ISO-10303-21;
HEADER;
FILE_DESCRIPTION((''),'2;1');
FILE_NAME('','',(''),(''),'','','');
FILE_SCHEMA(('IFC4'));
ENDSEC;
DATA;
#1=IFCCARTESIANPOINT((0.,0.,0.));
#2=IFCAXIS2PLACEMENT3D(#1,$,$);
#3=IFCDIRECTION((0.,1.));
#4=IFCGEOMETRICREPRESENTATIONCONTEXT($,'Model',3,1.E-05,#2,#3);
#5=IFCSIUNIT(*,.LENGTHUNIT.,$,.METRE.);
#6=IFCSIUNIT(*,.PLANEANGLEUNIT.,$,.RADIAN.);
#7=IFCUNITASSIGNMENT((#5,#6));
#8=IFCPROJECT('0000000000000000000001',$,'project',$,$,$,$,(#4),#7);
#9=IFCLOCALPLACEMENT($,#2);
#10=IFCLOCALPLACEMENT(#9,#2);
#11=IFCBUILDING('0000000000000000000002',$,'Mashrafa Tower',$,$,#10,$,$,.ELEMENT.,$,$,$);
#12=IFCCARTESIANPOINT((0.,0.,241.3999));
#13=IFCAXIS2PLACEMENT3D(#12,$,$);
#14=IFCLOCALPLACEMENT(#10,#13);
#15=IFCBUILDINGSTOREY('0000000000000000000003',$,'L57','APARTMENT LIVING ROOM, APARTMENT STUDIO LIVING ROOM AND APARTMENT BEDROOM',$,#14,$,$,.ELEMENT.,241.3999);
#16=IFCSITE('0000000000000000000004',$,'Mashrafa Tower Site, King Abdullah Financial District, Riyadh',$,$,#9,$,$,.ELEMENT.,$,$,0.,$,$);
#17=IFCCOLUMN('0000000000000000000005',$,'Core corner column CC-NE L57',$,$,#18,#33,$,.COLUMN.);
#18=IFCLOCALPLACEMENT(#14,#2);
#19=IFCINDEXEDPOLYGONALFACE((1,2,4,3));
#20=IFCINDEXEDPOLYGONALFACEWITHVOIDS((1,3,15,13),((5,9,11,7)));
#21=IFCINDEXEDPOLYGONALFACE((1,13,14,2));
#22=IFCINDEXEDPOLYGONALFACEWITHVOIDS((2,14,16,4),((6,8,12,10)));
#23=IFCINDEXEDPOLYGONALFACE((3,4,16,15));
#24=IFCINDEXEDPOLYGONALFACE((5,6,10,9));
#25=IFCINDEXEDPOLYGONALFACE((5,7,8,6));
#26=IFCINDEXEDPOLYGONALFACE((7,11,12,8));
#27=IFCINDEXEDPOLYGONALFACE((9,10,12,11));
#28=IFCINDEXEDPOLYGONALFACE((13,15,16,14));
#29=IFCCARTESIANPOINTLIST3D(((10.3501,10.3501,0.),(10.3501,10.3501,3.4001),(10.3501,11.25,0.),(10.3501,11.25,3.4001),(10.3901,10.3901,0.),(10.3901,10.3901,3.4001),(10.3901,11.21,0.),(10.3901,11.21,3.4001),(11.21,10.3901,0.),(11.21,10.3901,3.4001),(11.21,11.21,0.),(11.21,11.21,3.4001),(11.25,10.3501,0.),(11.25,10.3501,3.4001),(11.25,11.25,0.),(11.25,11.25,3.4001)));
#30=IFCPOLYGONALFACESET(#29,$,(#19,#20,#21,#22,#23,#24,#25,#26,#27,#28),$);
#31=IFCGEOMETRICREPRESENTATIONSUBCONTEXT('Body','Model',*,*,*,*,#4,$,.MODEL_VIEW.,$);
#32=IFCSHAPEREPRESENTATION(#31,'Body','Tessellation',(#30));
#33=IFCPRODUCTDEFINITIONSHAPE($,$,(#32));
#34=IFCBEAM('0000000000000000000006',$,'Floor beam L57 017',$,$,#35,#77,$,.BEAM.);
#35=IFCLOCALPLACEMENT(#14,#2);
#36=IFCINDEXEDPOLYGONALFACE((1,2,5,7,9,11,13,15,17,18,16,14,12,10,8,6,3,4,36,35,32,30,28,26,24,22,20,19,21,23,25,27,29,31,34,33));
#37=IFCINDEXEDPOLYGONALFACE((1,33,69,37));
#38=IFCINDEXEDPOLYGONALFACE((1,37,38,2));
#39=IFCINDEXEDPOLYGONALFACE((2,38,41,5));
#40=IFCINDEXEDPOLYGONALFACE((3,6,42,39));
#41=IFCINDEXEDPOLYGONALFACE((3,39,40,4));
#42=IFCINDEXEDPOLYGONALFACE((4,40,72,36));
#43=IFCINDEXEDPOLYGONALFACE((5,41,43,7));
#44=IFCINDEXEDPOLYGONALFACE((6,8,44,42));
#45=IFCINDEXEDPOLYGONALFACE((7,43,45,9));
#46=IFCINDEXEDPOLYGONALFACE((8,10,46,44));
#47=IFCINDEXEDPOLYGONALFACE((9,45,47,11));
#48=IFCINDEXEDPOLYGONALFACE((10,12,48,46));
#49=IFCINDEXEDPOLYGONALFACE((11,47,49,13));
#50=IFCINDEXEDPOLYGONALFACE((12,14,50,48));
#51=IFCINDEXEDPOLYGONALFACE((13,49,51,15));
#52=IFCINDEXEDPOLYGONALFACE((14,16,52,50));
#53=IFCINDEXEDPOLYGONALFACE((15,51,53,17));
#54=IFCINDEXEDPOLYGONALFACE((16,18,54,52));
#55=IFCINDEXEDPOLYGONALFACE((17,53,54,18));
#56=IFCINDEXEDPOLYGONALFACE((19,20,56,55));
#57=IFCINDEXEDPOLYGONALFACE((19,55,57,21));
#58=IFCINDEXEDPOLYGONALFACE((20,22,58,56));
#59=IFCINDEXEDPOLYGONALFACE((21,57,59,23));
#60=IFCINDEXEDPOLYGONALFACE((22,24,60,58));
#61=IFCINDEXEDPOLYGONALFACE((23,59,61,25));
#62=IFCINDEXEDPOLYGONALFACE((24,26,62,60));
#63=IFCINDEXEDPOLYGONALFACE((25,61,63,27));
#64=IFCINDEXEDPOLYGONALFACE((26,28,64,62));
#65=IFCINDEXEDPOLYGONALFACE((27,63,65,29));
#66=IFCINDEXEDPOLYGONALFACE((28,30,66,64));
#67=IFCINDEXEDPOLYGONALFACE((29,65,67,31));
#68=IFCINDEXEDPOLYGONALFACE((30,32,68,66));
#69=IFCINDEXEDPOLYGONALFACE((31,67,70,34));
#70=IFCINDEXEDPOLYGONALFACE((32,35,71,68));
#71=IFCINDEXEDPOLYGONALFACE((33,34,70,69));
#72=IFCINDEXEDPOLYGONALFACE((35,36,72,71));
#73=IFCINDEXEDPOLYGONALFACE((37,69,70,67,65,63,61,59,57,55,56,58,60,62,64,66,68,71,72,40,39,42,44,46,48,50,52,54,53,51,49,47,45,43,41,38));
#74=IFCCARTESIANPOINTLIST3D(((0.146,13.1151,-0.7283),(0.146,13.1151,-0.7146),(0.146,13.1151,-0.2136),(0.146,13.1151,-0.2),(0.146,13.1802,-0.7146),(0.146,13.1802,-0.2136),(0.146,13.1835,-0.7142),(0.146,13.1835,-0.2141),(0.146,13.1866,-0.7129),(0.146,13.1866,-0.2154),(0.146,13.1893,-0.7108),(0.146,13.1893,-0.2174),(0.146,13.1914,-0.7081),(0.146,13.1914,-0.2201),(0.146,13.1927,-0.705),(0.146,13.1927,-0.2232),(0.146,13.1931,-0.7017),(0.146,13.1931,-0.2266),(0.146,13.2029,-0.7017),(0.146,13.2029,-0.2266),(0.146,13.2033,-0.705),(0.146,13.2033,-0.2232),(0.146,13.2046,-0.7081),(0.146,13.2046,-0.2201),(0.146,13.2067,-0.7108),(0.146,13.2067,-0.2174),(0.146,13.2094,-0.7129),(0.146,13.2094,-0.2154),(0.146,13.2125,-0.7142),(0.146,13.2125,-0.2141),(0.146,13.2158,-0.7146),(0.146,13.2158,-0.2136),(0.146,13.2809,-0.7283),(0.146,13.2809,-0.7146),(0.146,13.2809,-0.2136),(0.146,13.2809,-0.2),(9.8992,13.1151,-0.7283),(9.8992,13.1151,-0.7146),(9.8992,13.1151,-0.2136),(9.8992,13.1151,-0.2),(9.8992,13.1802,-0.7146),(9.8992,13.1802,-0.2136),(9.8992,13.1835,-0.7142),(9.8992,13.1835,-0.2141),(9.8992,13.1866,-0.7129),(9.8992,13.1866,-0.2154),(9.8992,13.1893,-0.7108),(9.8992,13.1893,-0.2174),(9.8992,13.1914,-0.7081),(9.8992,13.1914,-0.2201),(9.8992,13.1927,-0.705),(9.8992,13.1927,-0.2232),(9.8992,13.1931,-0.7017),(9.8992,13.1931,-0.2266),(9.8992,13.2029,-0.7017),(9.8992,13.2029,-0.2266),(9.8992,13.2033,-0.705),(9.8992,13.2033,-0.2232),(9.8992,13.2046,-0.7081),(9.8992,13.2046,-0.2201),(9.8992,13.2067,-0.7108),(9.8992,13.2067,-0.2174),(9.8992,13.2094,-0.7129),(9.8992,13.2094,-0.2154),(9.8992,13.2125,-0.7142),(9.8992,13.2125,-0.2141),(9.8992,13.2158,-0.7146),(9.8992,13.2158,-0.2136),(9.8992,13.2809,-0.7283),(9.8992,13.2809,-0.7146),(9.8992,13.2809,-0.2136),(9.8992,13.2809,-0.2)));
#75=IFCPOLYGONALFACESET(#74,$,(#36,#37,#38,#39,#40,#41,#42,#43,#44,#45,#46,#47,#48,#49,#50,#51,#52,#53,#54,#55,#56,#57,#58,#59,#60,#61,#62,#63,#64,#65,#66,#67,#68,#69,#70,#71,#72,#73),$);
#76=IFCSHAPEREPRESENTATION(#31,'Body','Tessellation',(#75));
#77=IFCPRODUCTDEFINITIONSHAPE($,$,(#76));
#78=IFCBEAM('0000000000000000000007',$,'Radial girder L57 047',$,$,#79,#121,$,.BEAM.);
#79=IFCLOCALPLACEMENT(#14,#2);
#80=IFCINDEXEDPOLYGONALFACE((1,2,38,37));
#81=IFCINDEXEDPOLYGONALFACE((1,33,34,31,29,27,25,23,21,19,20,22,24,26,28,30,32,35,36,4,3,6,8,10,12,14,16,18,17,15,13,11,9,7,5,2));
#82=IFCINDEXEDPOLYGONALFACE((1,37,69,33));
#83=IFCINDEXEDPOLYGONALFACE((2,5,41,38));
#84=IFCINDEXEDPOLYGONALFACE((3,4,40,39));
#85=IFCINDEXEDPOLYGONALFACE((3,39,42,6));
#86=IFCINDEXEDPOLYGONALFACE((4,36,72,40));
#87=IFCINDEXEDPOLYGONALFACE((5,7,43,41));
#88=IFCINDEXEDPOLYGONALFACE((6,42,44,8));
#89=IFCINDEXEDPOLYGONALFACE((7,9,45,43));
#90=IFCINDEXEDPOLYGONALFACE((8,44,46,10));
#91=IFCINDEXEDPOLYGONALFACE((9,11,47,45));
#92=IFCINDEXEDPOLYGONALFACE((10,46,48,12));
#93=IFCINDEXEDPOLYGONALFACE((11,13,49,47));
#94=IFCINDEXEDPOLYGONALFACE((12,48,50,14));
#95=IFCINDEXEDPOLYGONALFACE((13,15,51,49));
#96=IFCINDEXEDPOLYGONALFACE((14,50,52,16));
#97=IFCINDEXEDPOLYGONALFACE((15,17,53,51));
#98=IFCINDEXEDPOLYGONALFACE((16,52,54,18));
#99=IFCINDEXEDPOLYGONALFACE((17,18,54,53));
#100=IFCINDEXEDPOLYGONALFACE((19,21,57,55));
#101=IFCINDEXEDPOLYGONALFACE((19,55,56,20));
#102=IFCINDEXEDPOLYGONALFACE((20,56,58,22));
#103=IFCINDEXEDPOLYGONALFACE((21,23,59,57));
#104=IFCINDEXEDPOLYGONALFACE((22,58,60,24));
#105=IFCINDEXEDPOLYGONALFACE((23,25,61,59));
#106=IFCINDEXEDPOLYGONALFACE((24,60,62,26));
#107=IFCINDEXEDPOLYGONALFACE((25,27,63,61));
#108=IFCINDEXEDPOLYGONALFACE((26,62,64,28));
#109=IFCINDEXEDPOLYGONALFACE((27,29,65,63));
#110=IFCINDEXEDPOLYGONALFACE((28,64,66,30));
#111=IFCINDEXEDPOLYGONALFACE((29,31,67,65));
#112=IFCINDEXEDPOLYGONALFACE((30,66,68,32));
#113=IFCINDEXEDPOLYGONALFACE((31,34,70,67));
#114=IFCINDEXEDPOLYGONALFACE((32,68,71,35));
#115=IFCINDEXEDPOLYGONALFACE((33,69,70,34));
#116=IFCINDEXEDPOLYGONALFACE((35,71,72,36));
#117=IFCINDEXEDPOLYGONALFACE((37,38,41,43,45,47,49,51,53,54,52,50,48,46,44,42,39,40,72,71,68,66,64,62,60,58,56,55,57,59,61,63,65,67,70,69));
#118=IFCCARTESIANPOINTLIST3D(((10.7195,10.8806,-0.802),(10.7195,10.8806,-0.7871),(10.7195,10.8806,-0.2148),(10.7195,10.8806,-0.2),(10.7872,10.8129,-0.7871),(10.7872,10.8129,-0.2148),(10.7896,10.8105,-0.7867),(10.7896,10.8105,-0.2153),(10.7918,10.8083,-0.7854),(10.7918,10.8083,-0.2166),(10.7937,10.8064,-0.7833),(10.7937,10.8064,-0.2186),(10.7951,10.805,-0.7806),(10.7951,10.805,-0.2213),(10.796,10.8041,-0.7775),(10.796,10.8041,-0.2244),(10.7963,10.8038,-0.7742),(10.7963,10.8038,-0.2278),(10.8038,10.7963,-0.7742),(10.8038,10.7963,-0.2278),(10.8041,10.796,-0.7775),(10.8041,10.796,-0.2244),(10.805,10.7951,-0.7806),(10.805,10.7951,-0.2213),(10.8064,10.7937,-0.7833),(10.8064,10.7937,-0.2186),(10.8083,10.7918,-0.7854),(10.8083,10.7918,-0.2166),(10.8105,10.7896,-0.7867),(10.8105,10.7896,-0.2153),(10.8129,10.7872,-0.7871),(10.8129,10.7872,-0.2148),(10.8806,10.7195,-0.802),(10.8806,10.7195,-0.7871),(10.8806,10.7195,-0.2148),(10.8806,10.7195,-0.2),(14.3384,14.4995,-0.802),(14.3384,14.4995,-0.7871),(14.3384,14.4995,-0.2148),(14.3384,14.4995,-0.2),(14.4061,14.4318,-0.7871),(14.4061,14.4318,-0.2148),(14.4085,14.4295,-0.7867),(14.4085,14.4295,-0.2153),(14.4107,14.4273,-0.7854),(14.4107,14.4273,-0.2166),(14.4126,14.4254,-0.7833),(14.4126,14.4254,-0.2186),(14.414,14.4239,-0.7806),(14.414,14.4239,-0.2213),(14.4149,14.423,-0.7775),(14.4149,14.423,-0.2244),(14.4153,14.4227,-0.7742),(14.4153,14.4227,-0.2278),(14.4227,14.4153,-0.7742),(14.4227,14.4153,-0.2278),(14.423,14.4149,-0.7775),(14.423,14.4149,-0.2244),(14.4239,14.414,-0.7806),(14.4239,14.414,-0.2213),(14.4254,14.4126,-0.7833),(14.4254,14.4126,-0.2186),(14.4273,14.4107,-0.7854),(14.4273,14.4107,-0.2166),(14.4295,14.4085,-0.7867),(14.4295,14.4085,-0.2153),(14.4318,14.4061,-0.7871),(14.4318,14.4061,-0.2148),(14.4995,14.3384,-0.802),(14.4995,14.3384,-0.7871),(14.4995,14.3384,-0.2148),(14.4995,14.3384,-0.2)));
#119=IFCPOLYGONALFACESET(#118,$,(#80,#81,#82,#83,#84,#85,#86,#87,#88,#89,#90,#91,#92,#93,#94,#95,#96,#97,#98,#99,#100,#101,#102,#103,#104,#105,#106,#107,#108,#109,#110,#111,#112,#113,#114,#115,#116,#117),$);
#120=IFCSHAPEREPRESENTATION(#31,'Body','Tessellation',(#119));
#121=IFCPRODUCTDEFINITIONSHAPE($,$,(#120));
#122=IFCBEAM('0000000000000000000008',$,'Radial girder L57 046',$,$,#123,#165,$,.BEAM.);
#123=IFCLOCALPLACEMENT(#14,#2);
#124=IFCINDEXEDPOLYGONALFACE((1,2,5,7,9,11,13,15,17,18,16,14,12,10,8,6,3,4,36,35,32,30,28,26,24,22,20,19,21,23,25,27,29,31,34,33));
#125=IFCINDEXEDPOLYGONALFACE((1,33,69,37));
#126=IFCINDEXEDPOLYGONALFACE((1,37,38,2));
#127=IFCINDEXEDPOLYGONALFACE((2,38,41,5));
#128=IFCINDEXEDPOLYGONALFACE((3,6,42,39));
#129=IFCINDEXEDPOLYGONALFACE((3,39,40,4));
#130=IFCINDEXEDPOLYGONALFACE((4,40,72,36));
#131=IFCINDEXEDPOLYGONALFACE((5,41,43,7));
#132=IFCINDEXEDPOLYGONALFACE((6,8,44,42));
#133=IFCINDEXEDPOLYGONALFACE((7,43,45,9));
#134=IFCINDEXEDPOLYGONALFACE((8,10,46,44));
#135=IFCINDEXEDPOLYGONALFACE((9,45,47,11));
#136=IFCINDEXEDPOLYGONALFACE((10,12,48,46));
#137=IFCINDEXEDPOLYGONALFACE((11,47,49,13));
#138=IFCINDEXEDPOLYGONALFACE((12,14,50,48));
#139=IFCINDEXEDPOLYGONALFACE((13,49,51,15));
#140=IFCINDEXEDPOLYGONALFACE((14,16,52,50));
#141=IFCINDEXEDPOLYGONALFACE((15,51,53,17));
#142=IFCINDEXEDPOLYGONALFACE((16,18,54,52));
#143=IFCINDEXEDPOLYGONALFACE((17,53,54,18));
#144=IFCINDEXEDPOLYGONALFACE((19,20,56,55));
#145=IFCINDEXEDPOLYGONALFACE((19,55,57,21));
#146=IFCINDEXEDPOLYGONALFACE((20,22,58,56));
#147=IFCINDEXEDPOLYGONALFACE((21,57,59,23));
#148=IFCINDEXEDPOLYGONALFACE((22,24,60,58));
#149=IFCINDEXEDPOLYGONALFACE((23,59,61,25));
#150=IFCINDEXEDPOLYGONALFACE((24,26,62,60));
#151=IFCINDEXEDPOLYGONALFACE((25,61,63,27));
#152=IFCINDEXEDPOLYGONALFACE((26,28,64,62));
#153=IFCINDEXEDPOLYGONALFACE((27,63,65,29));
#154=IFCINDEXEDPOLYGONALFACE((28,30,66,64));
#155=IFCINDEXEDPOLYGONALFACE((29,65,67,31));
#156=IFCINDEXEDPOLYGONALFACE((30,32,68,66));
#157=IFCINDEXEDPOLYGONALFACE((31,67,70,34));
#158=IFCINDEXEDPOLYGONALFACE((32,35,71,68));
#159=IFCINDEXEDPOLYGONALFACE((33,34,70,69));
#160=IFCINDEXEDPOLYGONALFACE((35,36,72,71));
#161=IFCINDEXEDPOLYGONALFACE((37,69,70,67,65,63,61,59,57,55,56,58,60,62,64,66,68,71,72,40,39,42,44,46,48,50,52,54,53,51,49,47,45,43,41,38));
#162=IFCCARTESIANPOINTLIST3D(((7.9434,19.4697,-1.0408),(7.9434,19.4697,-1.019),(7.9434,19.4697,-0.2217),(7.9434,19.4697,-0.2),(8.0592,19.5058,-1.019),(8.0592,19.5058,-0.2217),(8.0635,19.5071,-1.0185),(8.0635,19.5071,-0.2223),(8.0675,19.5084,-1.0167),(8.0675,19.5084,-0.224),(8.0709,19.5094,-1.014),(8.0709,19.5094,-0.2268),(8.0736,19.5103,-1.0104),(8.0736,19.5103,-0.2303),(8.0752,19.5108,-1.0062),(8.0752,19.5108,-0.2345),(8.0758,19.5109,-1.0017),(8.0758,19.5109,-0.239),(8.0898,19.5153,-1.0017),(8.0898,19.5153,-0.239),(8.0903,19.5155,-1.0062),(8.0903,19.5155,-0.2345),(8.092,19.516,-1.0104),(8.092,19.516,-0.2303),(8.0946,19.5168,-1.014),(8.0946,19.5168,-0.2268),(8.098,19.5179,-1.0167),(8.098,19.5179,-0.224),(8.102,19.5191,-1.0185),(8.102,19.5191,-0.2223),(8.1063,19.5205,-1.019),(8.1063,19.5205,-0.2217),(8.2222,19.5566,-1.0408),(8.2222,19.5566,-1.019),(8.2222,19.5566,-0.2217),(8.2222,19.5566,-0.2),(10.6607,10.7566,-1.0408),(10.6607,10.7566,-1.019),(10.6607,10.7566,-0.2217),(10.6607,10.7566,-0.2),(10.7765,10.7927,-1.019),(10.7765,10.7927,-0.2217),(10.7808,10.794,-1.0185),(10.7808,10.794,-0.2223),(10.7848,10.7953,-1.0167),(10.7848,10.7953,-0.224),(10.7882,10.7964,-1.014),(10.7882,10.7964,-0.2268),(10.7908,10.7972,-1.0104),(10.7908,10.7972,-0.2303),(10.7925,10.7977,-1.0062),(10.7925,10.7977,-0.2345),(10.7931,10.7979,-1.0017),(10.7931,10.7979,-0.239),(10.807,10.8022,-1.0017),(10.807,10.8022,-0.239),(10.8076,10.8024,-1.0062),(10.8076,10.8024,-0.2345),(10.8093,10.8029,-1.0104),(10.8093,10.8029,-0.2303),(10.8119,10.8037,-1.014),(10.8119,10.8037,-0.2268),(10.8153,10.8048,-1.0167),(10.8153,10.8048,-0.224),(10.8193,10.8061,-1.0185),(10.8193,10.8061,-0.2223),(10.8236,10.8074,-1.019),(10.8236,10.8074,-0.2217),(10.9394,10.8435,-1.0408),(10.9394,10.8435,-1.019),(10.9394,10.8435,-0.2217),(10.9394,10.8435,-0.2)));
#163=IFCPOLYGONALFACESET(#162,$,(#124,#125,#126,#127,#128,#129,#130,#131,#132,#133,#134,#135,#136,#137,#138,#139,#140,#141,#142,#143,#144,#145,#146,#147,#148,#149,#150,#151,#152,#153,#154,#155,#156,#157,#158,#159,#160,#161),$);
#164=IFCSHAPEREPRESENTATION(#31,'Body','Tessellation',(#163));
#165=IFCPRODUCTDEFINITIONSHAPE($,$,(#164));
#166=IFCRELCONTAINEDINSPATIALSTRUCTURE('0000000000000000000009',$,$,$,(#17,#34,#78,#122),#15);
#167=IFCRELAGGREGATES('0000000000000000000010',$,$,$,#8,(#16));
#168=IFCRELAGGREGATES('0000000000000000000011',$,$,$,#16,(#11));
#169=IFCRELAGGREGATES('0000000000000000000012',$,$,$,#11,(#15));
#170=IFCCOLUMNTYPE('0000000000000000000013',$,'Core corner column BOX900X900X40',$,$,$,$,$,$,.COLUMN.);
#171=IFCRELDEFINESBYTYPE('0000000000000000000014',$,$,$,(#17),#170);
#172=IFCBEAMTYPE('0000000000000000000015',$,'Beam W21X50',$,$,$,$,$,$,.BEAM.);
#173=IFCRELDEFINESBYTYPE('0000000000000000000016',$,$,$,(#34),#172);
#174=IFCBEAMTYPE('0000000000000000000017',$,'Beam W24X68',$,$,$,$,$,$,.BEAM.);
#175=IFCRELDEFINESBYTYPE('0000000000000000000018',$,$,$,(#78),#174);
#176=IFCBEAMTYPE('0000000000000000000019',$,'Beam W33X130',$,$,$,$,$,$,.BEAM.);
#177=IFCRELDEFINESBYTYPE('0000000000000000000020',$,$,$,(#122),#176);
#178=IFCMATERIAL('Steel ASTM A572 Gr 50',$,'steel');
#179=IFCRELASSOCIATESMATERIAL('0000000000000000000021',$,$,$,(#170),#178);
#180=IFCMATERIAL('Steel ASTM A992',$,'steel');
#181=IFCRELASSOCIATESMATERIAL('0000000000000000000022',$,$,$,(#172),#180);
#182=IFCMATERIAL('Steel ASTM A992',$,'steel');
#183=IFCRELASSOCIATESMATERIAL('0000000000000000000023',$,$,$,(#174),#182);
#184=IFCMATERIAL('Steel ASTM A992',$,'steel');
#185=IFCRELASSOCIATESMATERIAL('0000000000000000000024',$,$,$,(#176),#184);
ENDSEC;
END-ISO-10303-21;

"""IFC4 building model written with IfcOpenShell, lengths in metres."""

from ifc_helpers import new_model, si_unit, direction, frame, origin, origin_2d, place, context, subcontext, project, spatial, hollow_rectangle, i_section, extrude, material, material_profile, profile_set, type_object, element, save


model = new_model("IFC4")

# Units and contexts
model_context = context("Model", 3, precision=1e-05, world=origin(), true_north=direction((0.0, 1.0)))
body_context = subcontext(model_context, "Body", "Model", "MODEL_VIEW")
ifc_project = project(units=[si_unit("LENGTHUNIT", "METRE"), si_unit("PLANEANGLEUNIT", "RADIAN")], contexts=[model_context])

# Site, building, storey
site_placement = place(None, origin())
site = spatial("IfcSite", under=ifc_project, at=site_placement, Name="Mashrafa Tower Site, King Abdullah Financial District, Riyadh", CompositionType="ELEMENT", RefElevation=0.0)
building_placement = place(site_placement, origin())
building = spatial("IfcBuilding", under=site, at=building_placement, Name="Mashrafa Tower", CompositionType="ELEMENT")
storey_placement = place(building_placement, frame((0.0, 0.0, 241.3999)))
storey = spatial("IfcBuildingStorey", under=building, at=storey_placement, Name="L57", Description="APARTMENT LIVING ROOM, APARTMENT STUDIO LIVING ROOM AND APARTMENT BEDROOM", CompositionType="ELEMENT", Elevation=241.3999)

# Column
ifc_material_1 = material(Name="Steel ASTM A572 Gr 50", Category="steel")
ifc_material_profile_1 = material_profile(ifc_material_1, hollow_rectangle(XDim=0.8999, YDim=0.8999, WallThickness=0.04, at=origin_2d()), Name="BOX900X900X40")
ifc_profile_set_1 = profile_set([ifc_material_profile_1], Name="Steel ASTM A572 Gr 50")
column_type = type_object("IfcColumnType", Name="Core corner column BOX900X900X40", PredefinedType="COLUMN", material=ifc_profile_set_1)
column_placement = place(storey_placement, frame((10.8, 10.8, 0.0), z_axis=(0.0, 0.0, 1.0), x_axis=(1.0, 0.0, 0.0)))
element("IfcColumn", 1, at=column_placement, inside=storey, type_object=column_type, Name="Core corner column CC-NE L57", PredefinedType="COLUMN", context=body_context, shape_type="SweptSolid", body=[
    extrude(hollow_rectangle(XDim=0.8999, YDim=0.8999, WallThickness=0.04, at=origin_2d()), origin(), (0.0, 0.0, 1.0), 3.4001),
])

# Beams
ifc_material_2 = material(Name="Steel ASTM A992", Category="steel")
ifc_material_profile_2 = material_profile(ifc_material_2, i_section(OverallWidth=0.1658, OverallDepth=0.5283, WebThickness=0.0098, FlangeThickness=0.0137, FilletRadius=0.0129, at=origin_2d()), Name="W21X50")
ifc_profile_set_2 = profile_set([ifc_material_profile_2], Name="Steel ASTM A992")
beam_type_1 = type_object("IfcBeamType", Name="Beam W21X50", PredefinedType="BEAM", material=ifc_profile_set_2)
beam_1_placement = place(storey_placement, frame((0.146, 13.198, -0.4641), z_axis=(1.0, 0.0, 0.0), x_axis=(0.0, 1.0, 0.0)))
element("IfcBeam", 2, at=beam_1_placement, inside=storey, type_object=beam_type_1, Name="Floor beam L57 017", PredefinedType="BEAM", context=body_context, shape_type="SweptSolid", body=[
    extrude(i_section(OverallWidth=0.1658, OverallDepth=0.5283, WebThickness=0.0098, FlangeThickness=0.0137, FilletRadius=0.0129, at=origin_2d()), origin(), (0.0, 0.0, 1.0), 9.7532),
])
ifc_material_3 = material(Name="Steel ASTM A992", Category="steel")
ifc_material_profile_3 = material_profile(ifc_material_3, i_section(OverallWidth=0.2278, OverallDepth=0.6021, WebThickness=0.0105, FlangeThickness=0.0149, FilletRadius=0.0129, at=origin_2d()), Name="W24X68")
ifc_profile_set_3 = profile_set([ifc_material_profile_3], Name="Steel ASTM A992")
beam_type_2 = type_object("IfcBeamType", Name="Beam W24X68", PredefinedType="BEAM", material=ifc_profile_set_3)
beam_2_placement = place(storey_placement, frame((10.8, 10.8, -0.501), z_axis=(0.707107, 0.707107, 0.0), x_axis=(-0.707107, 0.707107, 0.0)))
element("IfcBeam", 3, at=beam_2_placement, inside=storey, type_object=beam_type_2, Name="Radial girder L57 047", PredefinedType="BEAM", context=body_context, shape_type="SweptSolid", body=[
    extrude(i_section(OverallWidth=0.2278, OverallDepth=0.6021, WebThickness=0.0105, FlangeThickness=0.0149, FilletRadius=0.0129, at=origin_2d()), origin(), (0.0, 0.0, 1.0), 5.1179),
])
ifc_material_4 = material(Name="Steel ASTM A992", Category="steel")
ifc_material_profile_4 = material_profile(ifc_material_4, i_section(OverallWidth=0.292, OverallDepth=0.8408, WebThickness=0.0146, FlangeThickness=0.0217, FilletRadius=0.0173, at=origin_2d()), Name="W33X130")
ifc_profile_set_4 = profile_set([ifc_material_profile_4], Name="Steel ASTM A992")
beam_type_3 = type_object("IfcBeamType", Name="Beam W33X130", PredefinedType="BEAM", material=ifc_profile_set_4)
for number, where, z_axis, x_axis, name in (
    (4, (10.8, 10.8, -0.6204), (-0.297719, 0.954654, 0.0), (-0.954654, -0.297719, 0.0), "Radial girder L57 046"),
):
    element("IfcBeam", number, at=place(storey_placement, frame(where, z_axis=z_axis, x_axis=x_axis)), inside=storey, type_object=beam_type_3, Name=name, PredefinedType="BEAM", context=body_context, shape_type="SweptSolid", body=[
        extrude(i_section(OverallWidth=0.292, OverallDepth=0.8408, WebThickness=0.0146, FlangeThickness=0.0217, FilletRadius=0.0173, at=origin_2d()), origin(), (0.0, 0.0, 1.0), 9.127),
    ])

save(model, "model.ifc")
